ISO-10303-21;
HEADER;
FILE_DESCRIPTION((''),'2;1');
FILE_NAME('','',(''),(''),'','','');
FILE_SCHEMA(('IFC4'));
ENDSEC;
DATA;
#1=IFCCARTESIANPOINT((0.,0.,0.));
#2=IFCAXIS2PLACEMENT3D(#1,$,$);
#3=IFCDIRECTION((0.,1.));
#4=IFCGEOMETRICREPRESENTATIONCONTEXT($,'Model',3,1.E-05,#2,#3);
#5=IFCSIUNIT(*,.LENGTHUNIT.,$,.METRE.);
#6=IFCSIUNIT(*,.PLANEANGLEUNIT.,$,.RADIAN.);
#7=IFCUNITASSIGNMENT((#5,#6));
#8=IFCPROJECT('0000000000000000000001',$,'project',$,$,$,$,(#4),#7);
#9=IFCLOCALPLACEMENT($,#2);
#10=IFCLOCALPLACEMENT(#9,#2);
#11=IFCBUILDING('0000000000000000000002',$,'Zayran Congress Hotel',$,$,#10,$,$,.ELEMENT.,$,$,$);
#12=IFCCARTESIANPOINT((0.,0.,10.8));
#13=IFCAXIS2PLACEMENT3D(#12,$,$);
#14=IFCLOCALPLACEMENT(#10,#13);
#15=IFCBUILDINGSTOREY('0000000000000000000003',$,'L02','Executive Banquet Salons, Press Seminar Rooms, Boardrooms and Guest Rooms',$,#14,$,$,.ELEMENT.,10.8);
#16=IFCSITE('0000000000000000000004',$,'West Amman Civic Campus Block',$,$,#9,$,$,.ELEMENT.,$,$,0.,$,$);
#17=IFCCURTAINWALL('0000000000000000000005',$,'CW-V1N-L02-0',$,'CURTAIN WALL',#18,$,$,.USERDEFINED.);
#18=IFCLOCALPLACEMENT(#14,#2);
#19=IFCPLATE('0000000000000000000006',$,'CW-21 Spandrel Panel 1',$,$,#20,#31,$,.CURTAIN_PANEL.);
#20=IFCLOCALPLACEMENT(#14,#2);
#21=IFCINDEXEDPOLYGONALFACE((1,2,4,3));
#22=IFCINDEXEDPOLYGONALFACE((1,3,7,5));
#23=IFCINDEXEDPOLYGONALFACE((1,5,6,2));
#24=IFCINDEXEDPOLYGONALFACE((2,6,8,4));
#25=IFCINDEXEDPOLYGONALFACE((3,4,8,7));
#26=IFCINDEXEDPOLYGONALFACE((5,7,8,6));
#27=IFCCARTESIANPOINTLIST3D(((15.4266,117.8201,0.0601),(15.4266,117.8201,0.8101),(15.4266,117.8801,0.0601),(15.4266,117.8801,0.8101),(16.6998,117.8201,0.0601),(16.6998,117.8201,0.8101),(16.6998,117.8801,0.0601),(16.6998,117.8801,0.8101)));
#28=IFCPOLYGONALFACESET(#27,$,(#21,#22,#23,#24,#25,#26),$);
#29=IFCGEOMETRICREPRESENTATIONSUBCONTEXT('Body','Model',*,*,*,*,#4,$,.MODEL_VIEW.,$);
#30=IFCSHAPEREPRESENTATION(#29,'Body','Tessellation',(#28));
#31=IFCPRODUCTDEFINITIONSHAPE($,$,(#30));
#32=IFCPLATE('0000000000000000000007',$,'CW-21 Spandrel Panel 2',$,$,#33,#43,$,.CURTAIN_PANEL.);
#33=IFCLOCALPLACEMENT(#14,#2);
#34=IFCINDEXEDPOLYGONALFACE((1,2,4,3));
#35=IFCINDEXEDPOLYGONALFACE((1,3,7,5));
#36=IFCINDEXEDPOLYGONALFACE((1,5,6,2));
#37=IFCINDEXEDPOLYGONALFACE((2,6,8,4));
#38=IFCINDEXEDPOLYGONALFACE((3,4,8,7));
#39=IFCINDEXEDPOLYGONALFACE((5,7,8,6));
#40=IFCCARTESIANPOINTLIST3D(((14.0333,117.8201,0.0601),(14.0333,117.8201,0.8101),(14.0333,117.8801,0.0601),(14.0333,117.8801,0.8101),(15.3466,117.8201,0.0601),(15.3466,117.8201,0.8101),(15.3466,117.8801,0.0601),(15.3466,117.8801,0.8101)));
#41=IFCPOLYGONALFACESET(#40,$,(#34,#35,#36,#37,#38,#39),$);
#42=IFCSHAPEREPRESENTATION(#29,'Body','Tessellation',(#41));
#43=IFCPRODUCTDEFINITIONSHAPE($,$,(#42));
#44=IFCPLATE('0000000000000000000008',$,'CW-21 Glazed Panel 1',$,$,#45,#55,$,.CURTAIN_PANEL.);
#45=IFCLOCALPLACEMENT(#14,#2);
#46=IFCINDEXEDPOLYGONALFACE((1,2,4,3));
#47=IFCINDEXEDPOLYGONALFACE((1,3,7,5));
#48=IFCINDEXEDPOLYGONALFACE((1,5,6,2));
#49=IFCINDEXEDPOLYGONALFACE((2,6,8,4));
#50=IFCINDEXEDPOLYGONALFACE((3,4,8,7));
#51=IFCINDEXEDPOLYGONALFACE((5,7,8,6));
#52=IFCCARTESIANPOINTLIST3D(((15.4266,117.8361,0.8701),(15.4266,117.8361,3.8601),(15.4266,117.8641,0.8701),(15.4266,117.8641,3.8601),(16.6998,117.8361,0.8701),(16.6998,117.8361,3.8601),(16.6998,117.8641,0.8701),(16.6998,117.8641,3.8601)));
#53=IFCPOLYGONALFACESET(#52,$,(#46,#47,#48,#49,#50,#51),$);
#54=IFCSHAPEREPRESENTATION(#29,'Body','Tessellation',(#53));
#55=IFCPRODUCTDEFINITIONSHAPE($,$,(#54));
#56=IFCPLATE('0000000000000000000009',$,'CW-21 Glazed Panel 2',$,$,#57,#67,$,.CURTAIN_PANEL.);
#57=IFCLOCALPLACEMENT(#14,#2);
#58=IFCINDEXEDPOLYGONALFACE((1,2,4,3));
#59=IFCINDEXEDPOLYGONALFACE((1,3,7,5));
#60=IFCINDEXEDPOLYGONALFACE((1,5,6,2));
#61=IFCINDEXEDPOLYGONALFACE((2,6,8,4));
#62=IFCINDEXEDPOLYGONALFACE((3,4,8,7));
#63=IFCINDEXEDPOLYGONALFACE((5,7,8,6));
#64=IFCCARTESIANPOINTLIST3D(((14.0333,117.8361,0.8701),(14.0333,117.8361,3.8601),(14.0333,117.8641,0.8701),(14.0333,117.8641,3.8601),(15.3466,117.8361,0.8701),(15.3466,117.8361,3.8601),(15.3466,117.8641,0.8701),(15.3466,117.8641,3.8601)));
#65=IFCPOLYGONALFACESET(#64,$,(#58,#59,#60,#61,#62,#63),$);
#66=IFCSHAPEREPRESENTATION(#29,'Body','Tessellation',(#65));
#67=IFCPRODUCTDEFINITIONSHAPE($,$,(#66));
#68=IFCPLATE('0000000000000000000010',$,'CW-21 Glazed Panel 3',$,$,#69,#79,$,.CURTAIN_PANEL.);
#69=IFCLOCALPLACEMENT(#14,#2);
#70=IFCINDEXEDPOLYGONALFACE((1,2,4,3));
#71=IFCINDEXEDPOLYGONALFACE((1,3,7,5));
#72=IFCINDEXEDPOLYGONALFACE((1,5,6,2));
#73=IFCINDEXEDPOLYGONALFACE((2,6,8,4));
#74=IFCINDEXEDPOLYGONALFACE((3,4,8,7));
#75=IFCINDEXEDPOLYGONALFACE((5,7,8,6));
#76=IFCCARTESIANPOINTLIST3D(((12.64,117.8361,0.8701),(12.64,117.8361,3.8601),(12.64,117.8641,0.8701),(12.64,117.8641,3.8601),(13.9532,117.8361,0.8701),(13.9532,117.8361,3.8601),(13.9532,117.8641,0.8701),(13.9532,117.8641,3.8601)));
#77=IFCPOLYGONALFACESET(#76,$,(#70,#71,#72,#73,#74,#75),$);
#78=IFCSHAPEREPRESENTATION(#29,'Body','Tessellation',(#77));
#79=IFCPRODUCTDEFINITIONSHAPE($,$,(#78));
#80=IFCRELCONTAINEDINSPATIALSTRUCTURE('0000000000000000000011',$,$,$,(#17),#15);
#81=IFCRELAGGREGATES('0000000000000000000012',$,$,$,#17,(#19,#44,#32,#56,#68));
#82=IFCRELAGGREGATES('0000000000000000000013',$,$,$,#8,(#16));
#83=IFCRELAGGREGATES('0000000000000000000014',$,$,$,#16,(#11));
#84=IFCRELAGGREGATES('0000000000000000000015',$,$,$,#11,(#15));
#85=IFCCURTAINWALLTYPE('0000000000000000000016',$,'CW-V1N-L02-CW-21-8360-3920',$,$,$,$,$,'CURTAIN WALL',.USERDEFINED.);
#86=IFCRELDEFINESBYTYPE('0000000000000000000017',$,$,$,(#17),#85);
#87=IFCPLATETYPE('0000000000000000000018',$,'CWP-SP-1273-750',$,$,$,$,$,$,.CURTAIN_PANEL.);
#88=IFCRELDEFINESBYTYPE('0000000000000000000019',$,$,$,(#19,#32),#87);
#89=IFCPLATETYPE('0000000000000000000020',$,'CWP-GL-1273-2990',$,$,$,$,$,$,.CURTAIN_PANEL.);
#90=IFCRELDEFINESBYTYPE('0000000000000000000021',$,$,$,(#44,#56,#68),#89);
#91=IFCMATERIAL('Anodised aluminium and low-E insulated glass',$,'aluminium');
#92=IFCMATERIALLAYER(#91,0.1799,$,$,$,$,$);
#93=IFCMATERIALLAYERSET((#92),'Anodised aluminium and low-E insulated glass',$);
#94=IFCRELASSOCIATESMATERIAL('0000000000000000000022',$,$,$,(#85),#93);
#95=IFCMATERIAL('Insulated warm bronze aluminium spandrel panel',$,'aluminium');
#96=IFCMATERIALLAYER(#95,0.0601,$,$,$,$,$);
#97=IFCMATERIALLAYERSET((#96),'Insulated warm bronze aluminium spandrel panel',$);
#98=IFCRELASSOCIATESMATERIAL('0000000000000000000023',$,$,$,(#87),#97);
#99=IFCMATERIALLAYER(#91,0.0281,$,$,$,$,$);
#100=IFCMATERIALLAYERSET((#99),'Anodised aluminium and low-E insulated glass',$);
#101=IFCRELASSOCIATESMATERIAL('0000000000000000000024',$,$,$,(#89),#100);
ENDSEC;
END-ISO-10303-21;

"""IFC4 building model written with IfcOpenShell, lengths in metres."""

from ifc_helpers import new_model, si_unit, direction, frame, origin, origin_2d, place, context, subcontext, project, spatial, rectangle, extrude, material, layer, layer_set, type_object, element, aggregate, save


model = new_model("IFC4")

# Units and contexts
model_context = context("Model", 3, precision=1e-05, world=origin(), true_north=direction((0.0, 1.0)))
body_context = subcontext(model_context, "Body", "Model", "MODEL_VIEW")
ifc_project = project(units=[si_unit("LENGTHUNIT", "METRE"), si_unit("PLANEANGLEUNIT", "RADIAN")], contexts=[model_context])

# Site, building, storey
site_placement = place(None, origin())
site = spatial("IfcSite", under=ifc_project, at=site_placement, Name="West Amman Civic Campus Block", CompositionType="ELEMENT", RefElevation=0.0)
building_placement = place(site_placement, origin())
building = spatial("IfcBuilding", under=site, at=building_placement, Name="Zayran Congress Hotel", CompositionType="ELEMENT")
storey_placement = place(building_placement, frame((0.0, 0.0, 10.8)))
storey = spatial("IfcBuildingStorey", under=building, at=storey_placement, Name="L02", Description="Executive Banquet Salons, Press Seminar Rooms, Boardrooms and Guest Rooms", CompositionType="ELEMENT", Elevation=10.8)

# Curtain wall, plates
ifc_material_1 = material(Name="Anodised aluminium and low-E insulated glass", Category="aluminium")
ifc_layer_1 = layer(ifc_material_1, 0.1799)
ifc_layer_set_1 = layer_set([ifc_layer_1], Name="Anodised aluminium and low-E insulated glass")
curtain_wall_type = type_object("IfcCurtainWallType", Name="CW-V1N-L02-CW-21-8360-3920", ElementType="CURTAIN WALL", PredefinedType="USERDEFINED", material=ifc_layer_set_1)
curtain_wall_placement = place(storey_placement, origin())
curtain_wall = element("IfcCurtainWall", 1, at=curtain_wall_placement, inside=storey, type_object=curtain_wall_type, Name="CW-V1N-L02-0", ObjectType="CURTAIN WALL", PredefinedType="USERDEFINED")
ifc_material_2 = material(Name="Insulated warm bronze aluminium spandrel panel", Category="aluminium")
ifc_layer_2 = layer(ifc_material_2, 0.0601)
ifc_layer_set_2 = layer_set([ifc_layer_2], Name="Insulated warm bronze aluminium spandrel panel")
plate_type_1 = type_object("IfcPlateType", Name="CWP-SP-1273-750", PredefinedType="CURTAIN_PANEL", material=ifc_layer_set_2)
plate_1_placement = place(storey_placement, frame((16.0632, 117.8501, 0.0601), z_axis=(0.0, 0.0, 1.0), x_axis=(1.0, 0.0, 0.0)))
plate_1 = element("IfcPlate", 2, at=plate_1_placement, type_object=plate_type_1, Name="CW-21 Spandrel Panel 1", PredefinedType="CURTAIN_PANEL", context=body_context, shape_type="SweptSolid", body=[
    extrude(rectangle(XDim=1.2732, YDim=0.0601, at=origin_2d()), origin(), (0.0, 0.0, 1.0), 0.75),
])
plate_2_placement = place(storey_placement, frame((14.6899, 117.8501, 0.0601), z_axis=(0.0, 0.0, 1.0), x_axis=(1.0, 0.0, 0.0)))
plate_2 = element("IfcPlate", 3, at=plate_2_placement, type_object=plate_type_1, Name="CW-21 Spandrel Panel 2", PredefinedType="CURTAIN_PANEL", context=body_context, shape_type="SweptSolid", body=[
    extrude(rectangle(XDim=1.3132, YDim=0.0601, at=origin_2d()), origin(), (0.0, 0.0, 1.0), 0.75),
])
ifc_layer_3 = layer(ifc_material_1, 0.0281)
ifc_layer_set_3 = layer_set([ifc_layer_3], Name="Anodised aluminium and low-E insulated glass")
plate_type_2 = type_object("IfcPlateType", Name="CWP-GL-1273-2990", PredefinedType="CURTAIN_PANEL", material=ifc_layer_set_3)
plate_3_placement = place(storey_placement, frame((16.0632, 117.8501, 0.8701), z_axis=(0.0, 0.0, 1.0), x_axis=(1.0, 0.0, 0.0)))
plate_3 = element("IfcPlate", 4, at=plate_3_placement, type_object=plate_type_2, Name="CW-21 Glazed Panel 1", PredefinedType="CURTAIN_PANEL", context=body_context, shape_type="SweptSolid", body=[
    extrude(rectangle(XDim=1.2732, YDim=0.0281, at=origin_2d()), origin(), (0.0, 0.0, 1.0), 2.99),
])
plate_4_placement = place(storey_placement, frame((14.6899, 117.8501, 0.8701), z_axis=(0.0, 0.0, 1.0), x_axis=(1.0, 0.0, 0.0)))
plate_4 = element("IfcPlate", 5, at=plate_4_placement, type_object=plate_type_2, Name="CW-21 Glazed Panel 2", PredefinedType="CURTAIN_PANEL", context=body_context, shape_type="SweptSolid", body=[
    extrude(rectangle(XDim=1.3132, YDim=0.0281, at=origin_2d()), origin(), (0.0, 0.0, 1.0), 2.99),
])
plate_5_placement = place(storey_placement, frame((13.2966, 117.8501, 0.8701), z_axis=(0.0, 0.0, 1.0), x_axis=(1.0, 0.0, 0.0)))
plate_5 = element("IfcPlate", 6, at=plate_5_placement, type_object=plate_type_2, Name="CW-21 Glazed Panel 3", PredefinedType="CURTAIN_PANEL", context=body_context, shape_type="SweptSolid", body=[
    extrude(rectangle(XDim=1.3132, YDim=0.0281, at=origin_2d()), origin(), (0.0, 0.0, 1.0), 2.99),
])
aggregate(curtain_wall, [plate_1, plate_3, plate_2, plate_4, plate_5])

save(model, "model.ifc")
